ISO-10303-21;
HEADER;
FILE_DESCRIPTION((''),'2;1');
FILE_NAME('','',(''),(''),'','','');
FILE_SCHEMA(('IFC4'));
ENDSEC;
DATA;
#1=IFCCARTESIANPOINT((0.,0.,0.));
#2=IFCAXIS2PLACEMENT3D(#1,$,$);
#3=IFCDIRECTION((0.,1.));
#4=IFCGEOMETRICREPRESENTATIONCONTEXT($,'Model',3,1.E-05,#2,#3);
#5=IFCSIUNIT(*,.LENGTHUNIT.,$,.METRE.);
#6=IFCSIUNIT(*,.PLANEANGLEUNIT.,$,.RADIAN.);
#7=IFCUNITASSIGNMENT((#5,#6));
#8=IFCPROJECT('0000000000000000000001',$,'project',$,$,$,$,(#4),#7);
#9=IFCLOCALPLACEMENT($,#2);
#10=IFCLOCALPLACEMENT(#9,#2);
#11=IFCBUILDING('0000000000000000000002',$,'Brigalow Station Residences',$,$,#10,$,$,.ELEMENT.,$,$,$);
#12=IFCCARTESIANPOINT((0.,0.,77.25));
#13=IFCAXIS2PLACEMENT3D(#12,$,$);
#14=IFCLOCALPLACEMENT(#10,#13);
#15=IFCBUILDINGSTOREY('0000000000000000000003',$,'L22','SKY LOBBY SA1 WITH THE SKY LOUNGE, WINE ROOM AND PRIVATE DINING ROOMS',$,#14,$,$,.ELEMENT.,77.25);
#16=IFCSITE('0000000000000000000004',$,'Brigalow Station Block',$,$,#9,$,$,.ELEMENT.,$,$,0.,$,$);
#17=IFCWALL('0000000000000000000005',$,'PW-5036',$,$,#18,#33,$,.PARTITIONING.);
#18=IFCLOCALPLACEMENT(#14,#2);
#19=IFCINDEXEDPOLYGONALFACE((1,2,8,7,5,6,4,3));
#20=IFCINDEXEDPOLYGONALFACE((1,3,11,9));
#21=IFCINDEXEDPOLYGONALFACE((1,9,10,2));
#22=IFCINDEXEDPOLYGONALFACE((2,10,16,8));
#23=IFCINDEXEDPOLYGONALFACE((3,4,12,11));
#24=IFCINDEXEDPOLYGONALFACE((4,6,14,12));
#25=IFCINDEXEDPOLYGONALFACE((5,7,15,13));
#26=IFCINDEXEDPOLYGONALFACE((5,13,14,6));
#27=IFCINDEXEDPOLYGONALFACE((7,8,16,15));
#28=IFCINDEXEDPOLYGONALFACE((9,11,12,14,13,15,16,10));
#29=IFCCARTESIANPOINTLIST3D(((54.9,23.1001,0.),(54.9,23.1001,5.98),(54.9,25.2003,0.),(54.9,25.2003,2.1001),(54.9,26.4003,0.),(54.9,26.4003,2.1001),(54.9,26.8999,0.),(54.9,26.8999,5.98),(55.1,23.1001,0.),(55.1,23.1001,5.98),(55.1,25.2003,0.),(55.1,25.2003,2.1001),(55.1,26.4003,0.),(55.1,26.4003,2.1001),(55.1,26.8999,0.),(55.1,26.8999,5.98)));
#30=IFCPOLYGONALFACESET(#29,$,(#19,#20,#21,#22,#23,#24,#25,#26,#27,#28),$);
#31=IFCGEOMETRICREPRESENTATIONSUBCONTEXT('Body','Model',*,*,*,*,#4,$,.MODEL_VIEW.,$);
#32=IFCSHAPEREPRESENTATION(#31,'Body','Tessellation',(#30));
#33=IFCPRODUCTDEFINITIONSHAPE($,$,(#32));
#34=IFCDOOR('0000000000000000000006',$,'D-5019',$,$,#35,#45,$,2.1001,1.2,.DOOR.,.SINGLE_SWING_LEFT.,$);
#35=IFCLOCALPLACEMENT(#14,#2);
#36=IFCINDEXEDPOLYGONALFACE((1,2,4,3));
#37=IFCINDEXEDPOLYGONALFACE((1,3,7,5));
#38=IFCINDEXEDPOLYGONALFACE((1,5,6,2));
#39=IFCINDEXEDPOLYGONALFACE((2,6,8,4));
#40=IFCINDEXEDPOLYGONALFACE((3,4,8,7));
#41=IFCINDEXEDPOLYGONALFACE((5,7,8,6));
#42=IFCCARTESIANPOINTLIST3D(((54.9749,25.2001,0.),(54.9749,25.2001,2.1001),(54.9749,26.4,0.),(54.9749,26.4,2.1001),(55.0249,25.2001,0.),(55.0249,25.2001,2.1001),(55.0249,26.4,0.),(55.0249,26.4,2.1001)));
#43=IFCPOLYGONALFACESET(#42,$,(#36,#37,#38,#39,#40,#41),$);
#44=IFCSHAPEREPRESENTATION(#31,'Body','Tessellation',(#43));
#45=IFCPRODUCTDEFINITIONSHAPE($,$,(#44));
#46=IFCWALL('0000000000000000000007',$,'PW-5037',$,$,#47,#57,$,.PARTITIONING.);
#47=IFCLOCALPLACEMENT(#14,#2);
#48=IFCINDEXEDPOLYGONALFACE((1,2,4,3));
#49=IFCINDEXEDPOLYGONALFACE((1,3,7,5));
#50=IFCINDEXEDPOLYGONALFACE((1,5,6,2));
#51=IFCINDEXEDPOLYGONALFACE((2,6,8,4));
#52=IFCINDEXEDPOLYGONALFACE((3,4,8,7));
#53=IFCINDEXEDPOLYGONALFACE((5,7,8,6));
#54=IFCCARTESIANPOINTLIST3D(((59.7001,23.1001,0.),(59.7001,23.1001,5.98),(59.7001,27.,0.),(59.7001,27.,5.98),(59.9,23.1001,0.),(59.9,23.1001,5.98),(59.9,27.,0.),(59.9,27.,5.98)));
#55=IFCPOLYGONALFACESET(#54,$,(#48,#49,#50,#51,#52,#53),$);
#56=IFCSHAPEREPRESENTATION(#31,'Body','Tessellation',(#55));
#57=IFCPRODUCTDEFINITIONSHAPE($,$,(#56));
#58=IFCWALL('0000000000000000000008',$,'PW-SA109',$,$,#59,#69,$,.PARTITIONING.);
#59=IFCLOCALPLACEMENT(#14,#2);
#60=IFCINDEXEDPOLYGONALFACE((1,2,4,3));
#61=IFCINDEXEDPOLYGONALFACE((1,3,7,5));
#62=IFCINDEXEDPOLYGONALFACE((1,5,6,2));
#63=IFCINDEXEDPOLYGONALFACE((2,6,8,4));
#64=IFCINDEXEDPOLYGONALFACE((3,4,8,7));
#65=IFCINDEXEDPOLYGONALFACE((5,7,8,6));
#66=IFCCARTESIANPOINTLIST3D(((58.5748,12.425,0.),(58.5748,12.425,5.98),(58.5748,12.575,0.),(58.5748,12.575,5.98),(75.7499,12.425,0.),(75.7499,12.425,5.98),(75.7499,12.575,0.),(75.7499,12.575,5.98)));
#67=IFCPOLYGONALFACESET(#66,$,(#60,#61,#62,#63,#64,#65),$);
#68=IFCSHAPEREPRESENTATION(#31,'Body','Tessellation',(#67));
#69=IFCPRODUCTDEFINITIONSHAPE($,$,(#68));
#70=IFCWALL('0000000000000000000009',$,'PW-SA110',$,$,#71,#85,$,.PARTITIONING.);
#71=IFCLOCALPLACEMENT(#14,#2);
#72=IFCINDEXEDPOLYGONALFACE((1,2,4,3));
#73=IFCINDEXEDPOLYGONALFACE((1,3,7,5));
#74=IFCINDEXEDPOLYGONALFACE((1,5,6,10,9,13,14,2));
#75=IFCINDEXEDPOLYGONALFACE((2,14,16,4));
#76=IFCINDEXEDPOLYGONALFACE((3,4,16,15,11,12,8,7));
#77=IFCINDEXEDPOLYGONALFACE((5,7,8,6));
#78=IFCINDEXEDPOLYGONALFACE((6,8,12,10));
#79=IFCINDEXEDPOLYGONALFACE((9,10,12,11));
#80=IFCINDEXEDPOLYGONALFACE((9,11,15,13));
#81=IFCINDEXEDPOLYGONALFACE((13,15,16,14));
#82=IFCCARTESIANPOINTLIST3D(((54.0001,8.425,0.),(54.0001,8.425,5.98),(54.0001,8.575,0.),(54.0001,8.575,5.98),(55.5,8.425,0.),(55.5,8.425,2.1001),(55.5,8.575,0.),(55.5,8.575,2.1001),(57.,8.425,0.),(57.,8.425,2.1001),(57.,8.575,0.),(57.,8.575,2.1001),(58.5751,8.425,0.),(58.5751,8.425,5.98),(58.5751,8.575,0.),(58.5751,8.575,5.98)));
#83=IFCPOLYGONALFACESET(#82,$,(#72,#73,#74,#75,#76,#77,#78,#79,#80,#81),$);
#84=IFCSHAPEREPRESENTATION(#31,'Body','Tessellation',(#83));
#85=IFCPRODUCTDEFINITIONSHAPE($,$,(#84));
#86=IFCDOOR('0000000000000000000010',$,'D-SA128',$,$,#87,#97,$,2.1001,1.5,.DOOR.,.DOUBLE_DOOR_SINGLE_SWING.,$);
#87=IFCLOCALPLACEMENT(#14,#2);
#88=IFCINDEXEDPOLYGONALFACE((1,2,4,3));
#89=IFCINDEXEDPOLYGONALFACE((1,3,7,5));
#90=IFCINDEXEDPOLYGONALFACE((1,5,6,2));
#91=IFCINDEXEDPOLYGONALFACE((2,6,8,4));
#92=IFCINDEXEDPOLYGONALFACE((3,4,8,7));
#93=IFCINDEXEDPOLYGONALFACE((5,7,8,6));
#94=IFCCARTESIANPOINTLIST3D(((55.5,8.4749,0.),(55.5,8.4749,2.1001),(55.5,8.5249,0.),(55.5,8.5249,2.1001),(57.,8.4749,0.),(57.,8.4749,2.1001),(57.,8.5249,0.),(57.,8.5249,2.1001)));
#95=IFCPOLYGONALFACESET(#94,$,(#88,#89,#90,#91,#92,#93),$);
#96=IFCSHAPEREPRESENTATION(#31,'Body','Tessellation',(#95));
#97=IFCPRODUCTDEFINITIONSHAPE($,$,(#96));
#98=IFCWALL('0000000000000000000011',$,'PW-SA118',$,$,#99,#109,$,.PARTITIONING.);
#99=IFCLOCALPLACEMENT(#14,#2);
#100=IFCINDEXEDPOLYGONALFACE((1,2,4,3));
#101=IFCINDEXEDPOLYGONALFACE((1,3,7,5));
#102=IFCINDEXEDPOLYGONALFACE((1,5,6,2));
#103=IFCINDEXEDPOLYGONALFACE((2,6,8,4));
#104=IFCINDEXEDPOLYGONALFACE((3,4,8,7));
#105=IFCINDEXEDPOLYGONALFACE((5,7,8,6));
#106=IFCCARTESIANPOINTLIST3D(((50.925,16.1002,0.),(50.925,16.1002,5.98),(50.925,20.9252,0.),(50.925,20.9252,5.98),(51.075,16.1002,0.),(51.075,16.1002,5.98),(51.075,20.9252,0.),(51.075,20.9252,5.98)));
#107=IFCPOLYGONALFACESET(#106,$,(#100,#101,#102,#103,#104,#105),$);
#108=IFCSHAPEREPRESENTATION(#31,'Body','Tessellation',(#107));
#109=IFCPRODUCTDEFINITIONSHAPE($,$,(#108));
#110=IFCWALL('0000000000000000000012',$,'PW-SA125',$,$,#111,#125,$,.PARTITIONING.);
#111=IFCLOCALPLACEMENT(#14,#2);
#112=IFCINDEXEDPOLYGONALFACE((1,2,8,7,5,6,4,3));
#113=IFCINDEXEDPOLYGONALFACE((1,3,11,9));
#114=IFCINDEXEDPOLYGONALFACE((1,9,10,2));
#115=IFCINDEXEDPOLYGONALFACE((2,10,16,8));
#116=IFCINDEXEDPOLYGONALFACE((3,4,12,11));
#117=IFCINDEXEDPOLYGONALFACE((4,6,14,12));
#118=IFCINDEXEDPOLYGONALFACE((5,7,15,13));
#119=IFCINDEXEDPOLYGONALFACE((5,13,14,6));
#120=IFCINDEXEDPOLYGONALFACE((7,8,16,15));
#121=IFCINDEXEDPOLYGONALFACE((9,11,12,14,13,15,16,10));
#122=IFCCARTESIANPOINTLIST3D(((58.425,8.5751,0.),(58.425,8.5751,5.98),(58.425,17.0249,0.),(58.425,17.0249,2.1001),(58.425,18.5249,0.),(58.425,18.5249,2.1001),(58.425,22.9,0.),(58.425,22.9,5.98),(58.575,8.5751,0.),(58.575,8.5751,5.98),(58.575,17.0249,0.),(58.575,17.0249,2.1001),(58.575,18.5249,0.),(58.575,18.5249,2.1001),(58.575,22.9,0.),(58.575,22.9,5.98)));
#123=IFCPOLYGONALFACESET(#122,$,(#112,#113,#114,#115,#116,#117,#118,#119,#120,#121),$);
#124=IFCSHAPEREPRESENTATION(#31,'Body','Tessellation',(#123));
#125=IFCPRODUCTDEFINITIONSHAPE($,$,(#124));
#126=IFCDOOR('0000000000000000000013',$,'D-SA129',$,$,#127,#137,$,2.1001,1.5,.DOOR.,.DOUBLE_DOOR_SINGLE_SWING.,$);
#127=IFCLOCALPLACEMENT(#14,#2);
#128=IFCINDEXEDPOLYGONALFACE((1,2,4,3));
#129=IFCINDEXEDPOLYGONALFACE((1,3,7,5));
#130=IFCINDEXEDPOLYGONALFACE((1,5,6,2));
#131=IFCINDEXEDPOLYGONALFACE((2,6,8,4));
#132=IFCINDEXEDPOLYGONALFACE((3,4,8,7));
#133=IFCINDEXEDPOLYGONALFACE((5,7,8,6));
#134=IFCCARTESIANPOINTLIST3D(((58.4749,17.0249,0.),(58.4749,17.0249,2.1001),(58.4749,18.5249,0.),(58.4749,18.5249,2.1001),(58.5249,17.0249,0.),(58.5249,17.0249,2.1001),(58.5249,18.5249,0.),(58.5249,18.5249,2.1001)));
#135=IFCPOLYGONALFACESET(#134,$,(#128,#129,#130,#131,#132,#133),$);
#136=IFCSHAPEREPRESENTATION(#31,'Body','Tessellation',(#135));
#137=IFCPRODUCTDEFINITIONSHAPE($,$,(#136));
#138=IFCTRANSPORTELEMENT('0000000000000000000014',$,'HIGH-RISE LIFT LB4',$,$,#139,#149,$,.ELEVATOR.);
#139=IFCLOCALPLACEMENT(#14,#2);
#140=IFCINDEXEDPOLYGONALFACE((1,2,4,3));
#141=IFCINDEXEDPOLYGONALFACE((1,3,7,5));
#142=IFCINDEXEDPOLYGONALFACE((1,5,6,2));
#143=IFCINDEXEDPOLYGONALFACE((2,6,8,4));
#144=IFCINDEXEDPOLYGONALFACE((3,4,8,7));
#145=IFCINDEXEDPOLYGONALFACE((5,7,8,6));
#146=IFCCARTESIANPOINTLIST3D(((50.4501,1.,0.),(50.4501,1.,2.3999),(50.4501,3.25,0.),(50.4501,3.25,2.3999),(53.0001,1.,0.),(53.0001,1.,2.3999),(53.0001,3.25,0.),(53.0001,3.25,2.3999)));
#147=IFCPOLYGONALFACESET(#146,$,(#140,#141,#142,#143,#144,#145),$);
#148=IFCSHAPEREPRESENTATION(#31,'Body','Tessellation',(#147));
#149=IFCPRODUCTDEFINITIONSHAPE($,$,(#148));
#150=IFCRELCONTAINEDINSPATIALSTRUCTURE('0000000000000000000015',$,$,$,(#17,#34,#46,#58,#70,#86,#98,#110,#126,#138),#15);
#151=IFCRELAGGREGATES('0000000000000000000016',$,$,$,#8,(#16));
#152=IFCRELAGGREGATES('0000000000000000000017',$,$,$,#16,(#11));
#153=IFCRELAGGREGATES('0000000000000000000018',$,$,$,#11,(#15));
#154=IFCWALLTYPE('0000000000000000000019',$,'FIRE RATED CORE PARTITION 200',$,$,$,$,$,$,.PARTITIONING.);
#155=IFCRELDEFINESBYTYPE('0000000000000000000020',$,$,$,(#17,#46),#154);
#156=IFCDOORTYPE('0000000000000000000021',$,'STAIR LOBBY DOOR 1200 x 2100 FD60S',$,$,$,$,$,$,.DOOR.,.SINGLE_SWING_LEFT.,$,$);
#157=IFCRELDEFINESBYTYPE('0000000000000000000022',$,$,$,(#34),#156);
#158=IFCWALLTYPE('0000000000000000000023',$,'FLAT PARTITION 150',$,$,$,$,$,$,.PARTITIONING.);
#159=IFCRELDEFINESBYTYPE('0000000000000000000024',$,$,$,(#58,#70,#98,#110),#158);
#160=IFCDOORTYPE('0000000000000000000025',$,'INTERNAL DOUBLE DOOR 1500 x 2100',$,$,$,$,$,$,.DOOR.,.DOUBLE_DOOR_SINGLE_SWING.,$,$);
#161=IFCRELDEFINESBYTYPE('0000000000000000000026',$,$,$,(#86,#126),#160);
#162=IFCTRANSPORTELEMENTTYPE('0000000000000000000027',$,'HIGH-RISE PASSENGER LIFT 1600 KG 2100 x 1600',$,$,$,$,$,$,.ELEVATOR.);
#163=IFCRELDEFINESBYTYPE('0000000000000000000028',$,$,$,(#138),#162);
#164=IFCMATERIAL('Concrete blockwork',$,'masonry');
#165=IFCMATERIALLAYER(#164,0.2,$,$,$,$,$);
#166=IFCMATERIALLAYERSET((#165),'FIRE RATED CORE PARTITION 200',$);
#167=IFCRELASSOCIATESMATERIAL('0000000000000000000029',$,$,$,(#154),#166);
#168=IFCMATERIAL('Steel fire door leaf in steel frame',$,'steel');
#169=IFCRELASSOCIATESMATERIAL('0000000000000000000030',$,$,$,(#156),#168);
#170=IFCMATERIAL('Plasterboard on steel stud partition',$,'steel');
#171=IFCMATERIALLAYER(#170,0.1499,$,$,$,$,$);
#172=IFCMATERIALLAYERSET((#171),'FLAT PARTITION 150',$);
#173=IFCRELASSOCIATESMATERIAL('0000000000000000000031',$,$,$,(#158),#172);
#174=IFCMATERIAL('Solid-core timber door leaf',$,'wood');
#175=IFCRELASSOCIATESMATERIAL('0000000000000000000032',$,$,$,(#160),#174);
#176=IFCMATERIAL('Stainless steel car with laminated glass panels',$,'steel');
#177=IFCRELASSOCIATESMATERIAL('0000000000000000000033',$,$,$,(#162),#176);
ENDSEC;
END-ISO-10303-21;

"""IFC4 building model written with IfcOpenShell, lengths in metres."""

from ifc_helpers import new_model, si_unit, direction, frame, frame_2d, origin, origin_2d, place, context, subcontext, project, spatial, rectangle, extrude, material, layer, layer_set, type_object, element, fill, save


model = new_model("IFC4")

# Units and contexts
model_context = context("Model", 3, precision=1e-05, world=origin(), true_north=direction((0.0, 1.0)))
body_context = subcontext(model_context, "Body", "Model", "MODEL_VIEW")
ifc_project = project(units=[si_unit("LENGTHUNIT", "METRE"), si_unit("PLANEANGLEUNIT", "RADIAN")], contexts=[model_context])

# Site, building, storey
site_placement = place(None, origin())
site = spatial("IfcSite", under=ifc_project, at=site_placement, Name="Brigalow Station Block", CompositionType="ELEMENT", RefElevation=0.0)
building_placement = place(site_placement, origin())
building = spatial("IfcBuilding", under=site, at=building_placement, Name="Brigalow Station Residences", CompositionType="ELEMENT")
storey_placement = place(building_placement, frame((0.0, 0.0, 77.25)))
storey = spatial("IfcBuildingStorey", under=building, at=storey_placement, Name="L22", Description="SKY LOBBY SA1 WITH THE SKY LOUNGE, WINE ROOM AND PRIVATE DINING ROOMS", CompositionType="ELEMENT", Elevation=77.25)

# Shared definitions
ifc_material_1 = material(Name="Concrete blockwork", Category="masonry")
ifc_layer_1 = layer(ifc_material_1, 0.2)
ifc_layer_set_1 = layer_set([ifc_layer_1], Name="FIRE RATED CORE PARTITION 200")
wall_type_1 = type_object("IfcWallType", Name="FIRE RATED CORE PARTITION 200", PredefinedType="PARTITIONING", material=ifc_layer_set_1)

# Wall, opening, door
wall_1_placement = place(storey_placement, frame((55.0, 23.1001, 0.0), z_axis=(0.0, 0.0, 1.0), x_axis=(0.0, 1.0, 0.0)))
wall_1 = element("IfcWall", 1, at=wall_1_placement, inside=storey, type_object=wall_type_1, Name="PW-5036", PredefinedType="PARTITIONING", context=body_context, shape_type="SweptSolid", body=[
    extrude(rectangle(XDim=3.7998, YDim=0.2, at=frame_2d((1.8999, 0.0))), origin(), (0.0, 0.0, 1.0), 5.98),
])
opening_1_placement = place(wall_1_placement, frame((2.1001, 0.0, 0.0)))
opening_1 = element("IfcOpeningElement", 2, at=opening_1_placement, cuts=wall_1, PredefinedType="OPENING", context=body_context, shape_type="SweptSolid", body=[
    extrude(rectangle(XDim=1.2, YDim=2.1001, at=frame_2d((0.6001, 1.05))), frame((0.0, 0.1099, 0.0), z_axis=(0.0, -1.0, 0.0), x_axis=(1.0, 0.0, 0.0)), (0.0, 0.0, 1.0), 0.22),
])
ifc_material_2 = material(Name="Steel fire door leaf in steel frame", Category="steel")
door_type_1 = type_object("IfcDoorType", Name="STAIR LOBBY DOOR 1200 x 2100 FD60S", OperationType="SINGLE_SWING_LEFT", PredefinedType="DOOR", material=ifc_material_2)
door_1_placement = place(opening_1_placement, frame((1.2, 0.0, 0.0), z_axis=(0.0, 0.0, 1.0), x_axis=(-1.0, 0.0, 0.0)))
door_1 = element("IfcDoor", 3, at=door_1_placement, inside=storey, type_object=door_type_1, Name="D-5019", OperationType="SINGLE_SWING_LEFT", OverallHeight=2.1001, OverallWidth=1.2, PredefinedType="DOOR", context=body_context, shape_type="SweptSolid", body=[
    extrude(rectangle(XDim=1.2, YDim=2.1001, at=frame_2d((0.6001, 1.05))), frame((0.0, 0.0249, 0.0), z_axis=(0.0, -1.0, 0.0), x_axis=(1.0, 0.0, 0.0)), (0.0, 0.0, 1.0), 0.05),
])
fill(opening_1, door_1)

# Walls
wall_2_placement = place(storey_placement, frame((59.8, 23.1001, 0.0), z_axis=(0.0, 0.0, 1.0), x_axis=(0.0, 1.0, 0.0)))
element("IfcWall", 4, at=wall_2_placement, inside=storey, type_object=wall_type_1, Name="PW-5037", PredefinedType="PARTITIONING", context=body_context, shape_type="SweptSolid", body=[
    extrude(rectangle(XDim=3.8999, YDim=0.2, at=frame_2d((1.95, 0.0))), origin(), (0.0, 0.0, 1.0), 5.98),
])
ifc_material_3 = material(Name="Plasterboard on steel stud partition", Category="steel")
ifc_layer_2 = layer(ifc_material_3, 0.1499)
ifc_layer_set_2 = layer_set([ifc_layer_2], Name="FLAT PARTITION 150")
wall_type_2 = type_object("IfcWallType", Name="FLAT PARTITION 150", PredefinedType="PARTITIONING", material=ifc_layer_set_2)
wall_3_placement = place(storey_placement, frame((58.575, 12.5, 0.0), z_axis=(0.0, 0.0, 1.0), x_axis=(1.0, 0.0, 0.0)))
element("IfcWall", 5, at=wall_3_placement, inside=storey, type_object=wall_type_2, Name="PW-SA109", PredefinedType="PARTITIONING", context=body_context, shape_type="SweptSolid", body=[
    extrude(rectangle(XDim=17.175, YDim=0.1499, at=frame_2d((8.5874, 0.0))), origin(), (0.0, 0.0, 1.0), 5.98),
])

# Wall, opening, door
wall_4_placement = place(storey_placement, frame((54.0, 8.5, 0.0), z_axis=(0.0, 0.0, 1.0), x_axis=(1.0, 0.0, 0.0)))
wall_4 = element("IfcWall", 6, at=wall_4_placement, inside=storey, type_object=wall_type_2, Name="PW-SA110", PredefinedType="PARTITIONING", context=body_context, shape_type="SweptSolid", body=[
    extrude(rectangle(XDim=4.575, YDim=0.1499, at=frame_2d((2.2876, 0.0))), origin(), (0.0, 0.0, 1.0), 5.98),
])
opening_2_placement = place(wall_4_placement, frame((1.5, 0.0, 0.0)))
opening_2 = element("IfcOpeningElement", 7, at=opening_2_placement, cuts=wall_4, PredefinedType="OPENING", context=body_context, shape_type="SweptSolid", body=[
    extrude(rectangle(XDim=1.5, YDim=2.1001, at=frame_2d((0.75, 1.05))), frame((0.0, 0.085, 0.0), z_axis=(0.0, -1.0, 0.0), x_axis=(1.0, 0.0, 0.0)), (0.0, 0.0, 1.0), 0.1699),
])
ifc_material_4 = material(Name="Solid-core timber door leaf", Category="wood")
door_type_2 = type_object("IfcDoorType", Name="INTERNAL DOUBLE DOOR 1500 x 2100", OperationType="DOUBLE_DOOR_SINGLE_SWING", PredefinedType="DOOR", material=ifc_material_4)
door_2_placement = place(opening_2_placement, origin())
door_2 = element("IfcDoor", 8, at=door_2_placement, inside=storey, type_object=door_type_2, Name="D-SA128", OperationType="DOUBLE_DOOR_SINGLE_SWING", OverallHeight=2.1001, OverallWidth=1.5, PredefinedType="DOOR", context=body_context, shape_type="SweptSolid", body=[
    extrude(rectangle(XDim=1.5, YDim=2.1001, at=frame_2d((0.75, 1.05))), frame((0.0, 0.0249, 0.0), z_axis=(0.0, -1.0, 0.0), x_axis=(1.0, 0.0, 0.0)), (0.0, 0.0, 1.0), 0.05),
])
fill(opening_2, door_2)

# Wall
wall_5_placement = place(storey_placement, frame((51.0, 16.1001, 0.0), z_axis=(0.0, 0.0, 1.0), x_axis=(0.0, 1.0, 0.0)))
element("IfcWall", 9, at=wall_5_placement, inside=storey, type_object=wall_type_2, Name="PW-SA118", PredefinedType="PARTITIONING", context=body_context, shape_type="SweptSolid", body=[
    extrude(rectangle(XDim=4.825, YDim=0.1499, at=frame_2d((2.4126, 0.0))), origin(), (0.0, 0.0, 1.0), 5.98),
])

# Wall, opening, door
wall_6_placement = place(storey_placement, frame((58.5, 8.575, 0.0), z_axis=(0.0, 0.0, 1.0), x_axis=(0.0, 1.0, 0.0)))
wall_6 = element("IfcWall", 10, at=wall_6_placement, inside=storey, type_object=wall_type_2, Name="PW-SA125", PredefinedType="PARTITIONING", context=body_context, shape_type="SweptSolid", body=[
    extrude(rectangle(XDim=14.325, YDim=0.1499, at=frame_2d((7.1626, 0.0))), origin(), (0.0, 0.0, 1.0), 5.98),
])
opening_3_placement = place(wall_6_placement, frame((8.45, 0.0, 0.0)))
opening_3 = element("IfcOpeningElement", 11, at=opening_3_placement, cuts=wall_6, PredefinedType="OPENING", context=body_context, shape_type="SweptSolid", body=[
    extrude(rectangle(XDim=1.5, YDim=2.1001, at=frame_2d((0.75, 1.05))), frame((0.0, 0.085, 0.0), z_axis=(0.0, -1.0, 0.0), x_axis=(1.0, 0.0, 0.0)), (0.0, 0.0, 1.0), 0.1699),
])
door_3_placement = place(opening_3_placement, frame((1.5, 0.0, 0.0), z_axis=(0.0, 0.0, 1.0), x_axis=(-1.0, 0.0, 0.0)))
door_3 = element("IfcDoor", 12, at=door_3_placement, inside=storey, type_object=door_type_2, Name="D-SA129", OperationType="DOUBLE_DOOR_SINGLE_SWING", OverallHeight=2.1001, OverallWidth=1.5, PredefinedType="DOOR", context=body_context, shape_type="SweptSolid", body=[
    extrude(rectangle(XDim=1.5, YDim=2.1001, at=frame_2d((0.75, 1.05))), frame((0.0, 0.0249, 0.0), z_axis=(0.0, -1.0, 0.0), x_axis=(1.0, 0.0, 0.0)), (0.0, 0.0, 1.0), 0.05),
])
fill(opening_3, door_3)

# Transport element
ifc_material_5 = material(Name="Stainless steel car with laminated glass panels", Category="steel")
transport_element_type = type_object("IfcTransportElementType", Name="HIGH-RISE PASSENGER LIFT 1600 KG 2100 x 1600", PredefinedType="ELEVATOR", material=ifc_material_5)
transport_element_placement = place(storey_placement, frame((51.7251, 2.125, 0.0), z_axis=(0.0, 0.0, 1.0), x_axis=(1.0, 0.0, 0.0)))
element("IfcTransportElement", 13, at=transport_element_placement, inside=storey, type_object=transport_element_type, Name="HIGH-RISE LIFT LB4", PredefinedType="ELEVATOR", context=body_context, shape_type="SweptSolid", body=[
    extrude(rectangle(XDim=2.55, YDim=2.25, at=origin_2d()), origin(), (0.0, 0.0, 1.0), 2.3999),
])

save(model, "model.ifc")
